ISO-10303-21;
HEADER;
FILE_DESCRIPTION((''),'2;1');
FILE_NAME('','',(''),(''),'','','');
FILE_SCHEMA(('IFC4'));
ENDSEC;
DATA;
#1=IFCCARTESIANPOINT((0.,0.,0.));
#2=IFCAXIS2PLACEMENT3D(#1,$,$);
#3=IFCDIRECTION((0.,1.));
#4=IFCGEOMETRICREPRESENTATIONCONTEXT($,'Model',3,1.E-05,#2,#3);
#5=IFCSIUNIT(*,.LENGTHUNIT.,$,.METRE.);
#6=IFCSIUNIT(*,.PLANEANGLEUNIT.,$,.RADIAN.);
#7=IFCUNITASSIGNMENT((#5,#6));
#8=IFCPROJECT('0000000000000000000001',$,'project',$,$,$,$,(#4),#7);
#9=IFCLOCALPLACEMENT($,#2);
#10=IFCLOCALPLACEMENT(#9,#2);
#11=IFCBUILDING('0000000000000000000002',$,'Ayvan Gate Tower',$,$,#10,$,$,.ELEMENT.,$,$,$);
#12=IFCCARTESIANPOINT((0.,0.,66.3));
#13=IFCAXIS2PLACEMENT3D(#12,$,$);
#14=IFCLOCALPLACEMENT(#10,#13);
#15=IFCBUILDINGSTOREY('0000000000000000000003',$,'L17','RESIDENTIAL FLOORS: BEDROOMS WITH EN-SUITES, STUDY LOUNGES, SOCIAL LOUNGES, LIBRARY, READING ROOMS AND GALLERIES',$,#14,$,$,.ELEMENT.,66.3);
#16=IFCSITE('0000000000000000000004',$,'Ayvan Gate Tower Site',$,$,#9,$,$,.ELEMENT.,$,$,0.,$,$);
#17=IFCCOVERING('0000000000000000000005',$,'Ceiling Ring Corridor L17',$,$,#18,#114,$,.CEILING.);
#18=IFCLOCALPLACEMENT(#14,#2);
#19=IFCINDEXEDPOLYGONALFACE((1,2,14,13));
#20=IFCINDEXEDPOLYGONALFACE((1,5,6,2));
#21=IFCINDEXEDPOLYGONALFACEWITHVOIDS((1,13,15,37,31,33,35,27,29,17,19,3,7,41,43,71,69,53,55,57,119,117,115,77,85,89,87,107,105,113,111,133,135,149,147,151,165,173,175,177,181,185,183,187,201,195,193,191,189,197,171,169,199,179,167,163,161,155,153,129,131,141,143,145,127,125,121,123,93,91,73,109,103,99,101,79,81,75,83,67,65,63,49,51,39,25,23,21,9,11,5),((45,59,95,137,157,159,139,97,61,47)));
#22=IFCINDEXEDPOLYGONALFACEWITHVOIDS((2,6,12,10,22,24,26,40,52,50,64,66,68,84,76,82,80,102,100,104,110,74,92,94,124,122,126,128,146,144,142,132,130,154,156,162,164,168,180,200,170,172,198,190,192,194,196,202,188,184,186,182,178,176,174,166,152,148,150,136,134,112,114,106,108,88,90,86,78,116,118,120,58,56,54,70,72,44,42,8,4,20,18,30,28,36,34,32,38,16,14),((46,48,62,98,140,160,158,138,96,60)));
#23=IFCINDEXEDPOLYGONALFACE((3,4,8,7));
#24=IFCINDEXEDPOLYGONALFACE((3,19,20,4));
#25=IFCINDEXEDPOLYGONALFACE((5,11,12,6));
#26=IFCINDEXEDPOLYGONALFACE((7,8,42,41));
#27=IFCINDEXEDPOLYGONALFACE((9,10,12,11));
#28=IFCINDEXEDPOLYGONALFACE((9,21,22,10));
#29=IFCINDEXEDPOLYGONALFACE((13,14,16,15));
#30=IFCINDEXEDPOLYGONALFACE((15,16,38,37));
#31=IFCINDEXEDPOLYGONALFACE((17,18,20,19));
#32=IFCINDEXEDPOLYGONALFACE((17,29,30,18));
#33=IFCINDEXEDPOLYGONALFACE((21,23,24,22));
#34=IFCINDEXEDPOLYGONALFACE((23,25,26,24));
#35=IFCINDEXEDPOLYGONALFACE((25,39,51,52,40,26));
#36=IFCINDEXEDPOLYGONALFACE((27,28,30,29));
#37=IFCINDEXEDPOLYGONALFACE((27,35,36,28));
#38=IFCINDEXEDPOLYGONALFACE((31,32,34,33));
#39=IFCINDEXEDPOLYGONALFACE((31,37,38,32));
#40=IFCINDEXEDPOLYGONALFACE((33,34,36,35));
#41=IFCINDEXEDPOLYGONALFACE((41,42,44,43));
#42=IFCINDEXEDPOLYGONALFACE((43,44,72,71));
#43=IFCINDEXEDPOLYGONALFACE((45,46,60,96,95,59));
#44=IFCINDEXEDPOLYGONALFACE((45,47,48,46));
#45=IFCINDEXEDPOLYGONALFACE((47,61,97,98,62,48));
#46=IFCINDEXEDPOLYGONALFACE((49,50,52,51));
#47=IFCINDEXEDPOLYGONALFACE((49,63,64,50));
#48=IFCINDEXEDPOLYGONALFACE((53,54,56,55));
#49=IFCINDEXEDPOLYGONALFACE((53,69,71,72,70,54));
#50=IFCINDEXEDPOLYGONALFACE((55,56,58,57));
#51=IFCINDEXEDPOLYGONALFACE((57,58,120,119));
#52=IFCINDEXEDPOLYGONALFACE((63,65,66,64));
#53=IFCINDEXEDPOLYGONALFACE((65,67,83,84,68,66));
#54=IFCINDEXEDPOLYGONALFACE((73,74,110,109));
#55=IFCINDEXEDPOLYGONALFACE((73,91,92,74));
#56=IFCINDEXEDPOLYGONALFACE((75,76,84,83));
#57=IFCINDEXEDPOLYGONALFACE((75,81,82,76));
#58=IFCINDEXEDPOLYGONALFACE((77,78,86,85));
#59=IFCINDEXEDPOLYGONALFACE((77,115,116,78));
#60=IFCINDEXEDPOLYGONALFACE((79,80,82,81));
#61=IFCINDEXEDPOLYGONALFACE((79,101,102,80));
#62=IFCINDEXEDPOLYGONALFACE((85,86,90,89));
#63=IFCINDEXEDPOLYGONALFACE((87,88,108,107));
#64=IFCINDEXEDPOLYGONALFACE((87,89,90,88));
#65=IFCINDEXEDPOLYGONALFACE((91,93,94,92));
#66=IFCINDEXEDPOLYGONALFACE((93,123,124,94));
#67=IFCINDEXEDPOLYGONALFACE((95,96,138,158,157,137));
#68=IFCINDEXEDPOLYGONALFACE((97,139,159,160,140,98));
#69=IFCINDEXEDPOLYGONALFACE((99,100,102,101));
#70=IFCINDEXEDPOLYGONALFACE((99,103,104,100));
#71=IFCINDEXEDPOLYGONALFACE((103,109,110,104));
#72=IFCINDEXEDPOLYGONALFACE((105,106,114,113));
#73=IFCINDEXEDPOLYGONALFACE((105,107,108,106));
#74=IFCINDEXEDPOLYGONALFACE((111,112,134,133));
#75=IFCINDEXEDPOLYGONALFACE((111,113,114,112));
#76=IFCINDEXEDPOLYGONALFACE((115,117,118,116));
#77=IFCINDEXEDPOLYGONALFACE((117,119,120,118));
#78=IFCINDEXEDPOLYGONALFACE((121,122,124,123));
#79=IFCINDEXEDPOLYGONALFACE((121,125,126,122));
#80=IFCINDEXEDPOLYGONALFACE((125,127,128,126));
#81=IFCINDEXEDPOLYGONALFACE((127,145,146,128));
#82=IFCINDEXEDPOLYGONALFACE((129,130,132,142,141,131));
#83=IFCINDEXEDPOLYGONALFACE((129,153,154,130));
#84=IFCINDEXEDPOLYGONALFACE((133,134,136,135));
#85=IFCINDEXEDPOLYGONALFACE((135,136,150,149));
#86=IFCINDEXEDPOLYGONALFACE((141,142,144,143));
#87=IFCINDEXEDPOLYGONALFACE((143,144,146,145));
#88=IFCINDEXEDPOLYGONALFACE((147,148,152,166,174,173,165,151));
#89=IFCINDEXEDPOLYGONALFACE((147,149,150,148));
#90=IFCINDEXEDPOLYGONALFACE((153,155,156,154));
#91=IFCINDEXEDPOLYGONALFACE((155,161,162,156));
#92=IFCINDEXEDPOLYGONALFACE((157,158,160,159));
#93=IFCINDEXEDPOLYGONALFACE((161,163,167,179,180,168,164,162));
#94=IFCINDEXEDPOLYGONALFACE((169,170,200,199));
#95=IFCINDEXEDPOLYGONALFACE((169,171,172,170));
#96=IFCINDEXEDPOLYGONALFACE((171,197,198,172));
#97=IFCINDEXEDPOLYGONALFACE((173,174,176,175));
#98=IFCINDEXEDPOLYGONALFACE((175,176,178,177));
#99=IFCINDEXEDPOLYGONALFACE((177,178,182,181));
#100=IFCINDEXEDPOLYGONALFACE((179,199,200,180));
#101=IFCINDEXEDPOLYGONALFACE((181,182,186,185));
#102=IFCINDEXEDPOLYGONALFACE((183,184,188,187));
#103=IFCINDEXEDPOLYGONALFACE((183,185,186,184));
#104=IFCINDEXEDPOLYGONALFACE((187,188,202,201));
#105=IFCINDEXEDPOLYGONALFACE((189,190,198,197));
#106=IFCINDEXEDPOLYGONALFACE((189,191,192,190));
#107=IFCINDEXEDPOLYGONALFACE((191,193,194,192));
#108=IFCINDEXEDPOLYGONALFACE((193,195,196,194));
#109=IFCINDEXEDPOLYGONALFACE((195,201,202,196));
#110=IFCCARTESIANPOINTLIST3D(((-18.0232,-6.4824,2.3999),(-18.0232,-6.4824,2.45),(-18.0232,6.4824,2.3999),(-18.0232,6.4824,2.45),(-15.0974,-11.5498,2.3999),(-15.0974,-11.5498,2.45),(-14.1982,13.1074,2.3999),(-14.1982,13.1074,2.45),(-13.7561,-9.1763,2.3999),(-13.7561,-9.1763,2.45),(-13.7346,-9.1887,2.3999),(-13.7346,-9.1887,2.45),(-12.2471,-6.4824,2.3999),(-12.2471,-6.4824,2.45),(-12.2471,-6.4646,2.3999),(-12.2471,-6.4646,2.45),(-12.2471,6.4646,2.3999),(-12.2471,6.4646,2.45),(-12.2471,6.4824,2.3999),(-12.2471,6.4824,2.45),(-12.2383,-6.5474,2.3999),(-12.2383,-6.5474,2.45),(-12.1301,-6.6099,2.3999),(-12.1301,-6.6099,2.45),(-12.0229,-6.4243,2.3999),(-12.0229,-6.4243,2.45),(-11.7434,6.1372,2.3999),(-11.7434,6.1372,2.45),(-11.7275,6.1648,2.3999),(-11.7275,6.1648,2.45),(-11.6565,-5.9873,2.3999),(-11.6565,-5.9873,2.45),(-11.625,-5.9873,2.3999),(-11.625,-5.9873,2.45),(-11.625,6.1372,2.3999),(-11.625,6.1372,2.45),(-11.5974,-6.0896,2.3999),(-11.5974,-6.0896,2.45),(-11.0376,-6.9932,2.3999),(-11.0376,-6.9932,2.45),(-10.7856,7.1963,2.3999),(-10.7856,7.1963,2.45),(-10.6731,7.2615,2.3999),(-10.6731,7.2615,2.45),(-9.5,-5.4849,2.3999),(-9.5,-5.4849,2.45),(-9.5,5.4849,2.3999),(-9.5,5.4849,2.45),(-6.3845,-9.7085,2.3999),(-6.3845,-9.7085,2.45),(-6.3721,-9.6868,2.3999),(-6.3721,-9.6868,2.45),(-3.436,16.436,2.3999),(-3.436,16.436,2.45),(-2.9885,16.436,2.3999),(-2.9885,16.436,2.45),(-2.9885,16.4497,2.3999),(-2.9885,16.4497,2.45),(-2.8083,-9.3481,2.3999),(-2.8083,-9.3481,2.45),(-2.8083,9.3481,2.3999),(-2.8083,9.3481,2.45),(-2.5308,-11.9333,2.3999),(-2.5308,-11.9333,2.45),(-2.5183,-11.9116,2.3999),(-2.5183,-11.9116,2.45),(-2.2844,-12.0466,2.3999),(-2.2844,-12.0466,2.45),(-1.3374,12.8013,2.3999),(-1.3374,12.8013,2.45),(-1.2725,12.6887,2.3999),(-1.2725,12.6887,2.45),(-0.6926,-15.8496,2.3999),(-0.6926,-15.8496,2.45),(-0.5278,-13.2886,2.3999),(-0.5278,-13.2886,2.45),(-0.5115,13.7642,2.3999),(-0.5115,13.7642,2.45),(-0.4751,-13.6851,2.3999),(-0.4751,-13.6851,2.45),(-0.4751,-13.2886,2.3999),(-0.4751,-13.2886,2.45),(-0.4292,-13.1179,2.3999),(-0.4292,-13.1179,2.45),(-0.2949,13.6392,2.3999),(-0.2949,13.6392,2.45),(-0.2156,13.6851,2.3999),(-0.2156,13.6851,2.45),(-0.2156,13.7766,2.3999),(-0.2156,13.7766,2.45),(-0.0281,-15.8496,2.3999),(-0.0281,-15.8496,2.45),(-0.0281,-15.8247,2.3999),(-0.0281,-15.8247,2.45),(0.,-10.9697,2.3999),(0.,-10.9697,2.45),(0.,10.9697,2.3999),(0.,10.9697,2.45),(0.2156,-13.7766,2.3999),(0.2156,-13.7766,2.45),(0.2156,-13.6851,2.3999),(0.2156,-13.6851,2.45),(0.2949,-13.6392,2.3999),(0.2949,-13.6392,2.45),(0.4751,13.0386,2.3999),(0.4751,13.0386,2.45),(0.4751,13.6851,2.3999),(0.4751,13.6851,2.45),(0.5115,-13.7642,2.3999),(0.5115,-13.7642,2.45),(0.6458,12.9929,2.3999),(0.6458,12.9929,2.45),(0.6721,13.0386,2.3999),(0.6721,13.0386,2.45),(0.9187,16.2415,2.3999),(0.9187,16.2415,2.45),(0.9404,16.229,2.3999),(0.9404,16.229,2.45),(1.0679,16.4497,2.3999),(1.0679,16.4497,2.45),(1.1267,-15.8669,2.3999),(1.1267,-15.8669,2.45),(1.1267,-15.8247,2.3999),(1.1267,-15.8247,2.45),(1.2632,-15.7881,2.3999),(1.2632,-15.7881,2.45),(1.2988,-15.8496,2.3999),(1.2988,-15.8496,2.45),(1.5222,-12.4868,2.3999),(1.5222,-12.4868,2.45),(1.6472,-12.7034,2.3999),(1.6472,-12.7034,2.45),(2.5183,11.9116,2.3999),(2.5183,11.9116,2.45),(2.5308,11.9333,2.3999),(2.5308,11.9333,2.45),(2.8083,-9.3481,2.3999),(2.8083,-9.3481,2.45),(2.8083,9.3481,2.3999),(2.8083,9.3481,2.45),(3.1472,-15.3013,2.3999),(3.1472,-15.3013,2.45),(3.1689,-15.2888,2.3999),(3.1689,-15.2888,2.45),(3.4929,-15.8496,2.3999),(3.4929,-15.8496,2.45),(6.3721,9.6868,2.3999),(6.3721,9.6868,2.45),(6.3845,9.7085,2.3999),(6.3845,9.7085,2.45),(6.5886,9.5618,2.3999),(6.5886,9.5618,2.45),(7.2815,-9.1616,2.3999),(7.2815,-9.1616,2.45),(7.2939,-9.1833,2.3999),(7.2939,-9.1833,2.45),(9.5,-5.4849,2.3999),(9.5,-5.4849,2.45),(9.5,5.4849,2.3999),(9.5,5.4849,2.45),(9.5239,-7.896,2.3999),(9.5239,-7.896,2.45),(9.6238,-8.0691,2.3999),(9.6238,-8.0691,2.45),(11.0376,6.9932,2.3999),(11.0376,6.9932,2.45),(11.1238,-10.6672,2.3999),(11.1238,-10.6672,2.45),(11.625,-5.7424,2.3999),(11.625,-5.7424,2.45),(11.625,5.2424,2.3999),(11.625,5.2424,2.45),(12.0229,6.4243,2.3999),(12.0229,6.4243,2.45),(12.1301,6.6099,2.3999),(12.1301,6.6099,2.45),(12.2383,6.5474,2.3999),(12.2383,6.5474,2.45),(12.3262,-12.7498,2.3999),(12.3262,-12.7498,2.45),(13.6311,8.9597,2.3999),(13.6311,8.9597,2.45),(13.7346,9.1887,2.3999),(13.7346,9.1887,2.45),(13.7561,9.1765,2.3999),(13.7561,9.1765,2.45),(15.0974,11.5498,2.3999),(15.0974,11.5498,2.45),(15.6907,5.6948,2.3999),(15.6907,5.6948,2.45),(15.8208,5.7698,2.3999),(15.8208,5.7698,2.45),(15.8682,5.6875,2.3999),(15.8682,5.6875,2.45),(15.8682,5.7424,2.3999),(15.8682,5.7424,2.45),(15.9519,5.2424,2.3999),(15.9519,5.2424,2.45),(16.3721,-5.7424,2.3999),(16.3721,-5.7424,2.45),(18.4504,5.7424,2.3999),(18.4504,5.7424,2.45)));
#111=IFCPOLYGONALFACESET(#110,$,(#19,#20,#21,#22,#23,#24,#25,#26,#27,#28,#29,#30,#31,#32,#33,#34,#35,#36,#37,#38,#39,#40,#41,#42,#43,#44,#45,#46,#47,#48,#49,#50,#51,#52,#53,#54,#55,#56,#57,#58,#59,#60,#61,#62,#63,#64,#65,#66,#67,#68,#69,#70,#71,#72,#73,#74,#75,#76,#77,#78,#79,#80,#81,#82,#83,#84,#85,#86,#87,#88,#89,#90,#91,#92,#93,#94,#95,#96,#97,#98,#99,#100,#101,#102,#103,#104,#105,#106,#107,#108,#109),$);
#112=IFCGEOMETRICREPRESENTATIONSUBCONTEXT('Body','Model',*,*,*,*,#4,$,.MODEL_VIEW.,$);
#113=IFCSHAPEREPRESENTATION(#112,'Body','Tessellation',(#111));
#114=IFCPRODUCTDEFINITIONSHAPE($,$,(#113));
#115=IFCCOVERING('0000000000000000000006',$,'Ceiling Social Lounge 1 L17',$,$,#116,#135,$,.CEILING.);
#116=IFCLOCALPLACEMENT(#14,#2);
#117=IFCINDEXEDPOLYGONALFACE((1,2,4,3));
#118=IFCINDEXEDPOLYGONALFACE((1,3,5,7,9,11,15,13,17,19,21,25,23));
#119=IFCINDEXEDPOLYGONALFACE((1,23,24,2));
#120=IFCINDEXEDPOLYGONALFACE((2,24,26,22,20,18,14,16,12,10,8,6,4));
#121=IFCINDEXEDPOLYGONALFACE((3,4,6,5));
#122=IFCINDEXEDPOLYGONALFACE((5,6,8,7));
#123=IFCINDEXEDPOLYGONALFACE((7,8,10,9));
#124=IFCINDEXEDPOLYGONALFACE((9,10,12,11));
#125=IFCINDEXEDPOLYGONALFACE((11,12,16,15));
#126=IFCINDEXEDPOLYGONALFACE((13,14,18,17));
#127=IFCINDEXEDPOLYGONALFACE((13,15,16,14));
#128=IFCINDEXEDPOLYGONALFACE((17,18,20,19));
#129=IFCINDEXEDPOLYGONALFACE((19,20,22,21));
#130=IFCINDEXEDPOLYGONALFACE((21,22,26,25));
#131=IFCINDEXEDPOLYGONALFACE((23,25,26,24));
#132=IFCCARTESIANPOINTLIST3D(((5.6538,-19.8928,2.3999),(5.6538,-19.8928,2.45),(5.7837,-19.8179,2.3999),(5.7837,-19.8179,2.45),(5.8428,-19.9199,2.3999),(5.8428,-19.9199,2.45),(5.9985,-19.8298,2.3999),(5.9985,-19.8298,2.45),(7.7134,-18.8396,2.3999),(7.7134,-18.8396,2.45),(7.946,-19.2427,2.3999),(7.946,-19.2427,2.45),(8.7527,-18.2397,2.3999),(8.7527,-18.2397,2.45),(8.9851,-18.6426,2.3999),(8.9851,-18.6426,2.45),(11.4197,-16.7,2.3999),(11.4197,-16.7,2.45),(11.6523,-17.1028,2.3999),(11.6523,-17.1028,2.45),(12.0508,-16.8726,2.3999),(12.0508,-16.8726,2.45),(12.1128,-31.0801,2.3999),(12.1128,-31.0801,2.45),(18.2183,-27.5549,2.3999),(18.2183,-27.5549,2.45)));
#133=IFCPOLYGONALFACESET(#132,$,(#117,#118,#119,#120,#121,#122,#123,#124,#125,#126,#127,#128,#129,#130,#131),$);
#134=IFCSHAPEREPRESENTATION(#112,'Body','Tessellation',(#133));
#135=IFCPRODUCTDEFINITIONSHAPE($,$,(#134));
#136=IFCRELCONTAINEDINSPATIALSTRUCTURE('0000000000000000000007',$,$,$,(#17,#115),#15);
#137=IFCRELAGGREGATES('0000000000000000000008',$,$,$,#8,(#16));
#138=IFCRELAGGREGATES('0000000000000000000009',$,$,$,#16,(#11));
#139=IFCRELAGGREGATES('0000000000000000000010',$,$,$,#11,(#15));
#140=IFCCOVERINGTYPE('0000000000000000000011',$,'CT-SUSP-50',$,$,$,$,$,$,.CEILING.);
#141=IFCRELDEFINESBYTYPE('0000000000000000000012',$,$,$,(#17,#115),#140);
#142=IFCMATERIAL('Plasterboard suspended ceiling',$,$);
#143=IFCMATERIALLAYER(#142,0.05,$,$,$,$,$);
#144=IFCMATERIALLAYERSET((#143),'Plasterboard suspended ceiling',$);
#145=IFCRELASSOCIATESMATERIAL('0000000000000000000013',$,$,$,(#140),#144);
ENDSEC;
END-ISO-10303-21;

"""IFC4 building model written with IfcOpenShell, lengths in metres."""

from ifc_helpers import new_model, si_unit, direction, frame, origin, place, context, subcontext, project, spatial, polyline, outline, extrude, material, layer, layer_set, type_object, element, save


model = new_model("IFC4")

# Units and contexts
model_context = context("Model", 3, precision=1e-05, world=origin(), true_north=direction((0.0, 1.0)))
body_context = subcontext(model_context, "Body", "Model", "MODEL_VIEW")
ifc_project = project(units=[si_unit("LENGTHUNIT", "METRE"), si_unit("PLANEANGLEUNIT", "RADIAN")], contexts=[model_context])

# Site, building, storey
site_placement = place(None, origin())
site = spatial("IfcSite", under=ifc_project, at=site_placement, Name="Ayvan Gate Tower Site", CompositionType="ELEMENT", RefElevation=0.0)
building_placement = place(site_placement, origin())
building = spatial("IfcBuilding", under=site, at=building_placement, Name="Ayvan Gate Tower", CompositionType="ELEMENT")
storey_placement = place(building_placement, frame((0.0, 0.0, 66.3)))
storey = spatial("IfcBuildingStorey", under=building, at=storey_placement, Name="L17", Description="RESIDENTIAL FLOORS: BEDROOMS WITH EN-SUITES, STUDY LOUNGES, SOCIAL LOUNGES, LIBRARY, READING ROOMS AND GALLERIES", CompositionType="ELEMENT", Elevation=66.3)

# Coverings
ifc_material_1 = material(Name="Plasterboard suspended ceiling")
ifc_layer_1 = layer(ifc_material_1, 0.05)
ifc_layer_set_1 = layer_set([ifc_layer_1], Name="Plasterboard suspended ceiling")
covering_type = type_object("IfcCoveringType", Name="CT-SUSP-50", PredefinedType="CEILING", material=ifc_layer_set_1)
covering_1_placement = place(storey_placement, frame((0.0, 0.0, 2.3999)))
element("IfcCovering", 1, at=covering_1_placement, inside=storey, type_object=covering_type, Name="Ceiling Ring Corridor L17", PredefinedType="CEILING", context=body_context, shape_type="SweptSolid", body=[
    extrude(outline(polyline([(-15.0974, -11.5498), (-18.0232, -6.4824), (-12.2471, -6.4824), (-12.2471, -6.4646), (-11.5974, -6.0896), (-11.6565, -5.9873), (-11.625, -5.9873), (-11.625, 6.1372), (-11.7434, 6.1372), (-11.7275, 6.1648), (-12.2471, 6.4646), (-12.2471, 6.4824), (-18.0232, 6.4824), (-14.1982, 13.1074), (-10.7856, 7.1963), (-10.6731, 7.2615), (-1.2725, 12.6887), (-1.3374, 12.8013), (-3.436, 16.436), (-2.9885, 16.436), (-2.9885, 16.4497), (1.0679, 16.4497), (0.9404, 16.229), (0.9187, 16.2415), (-0.5115, 13.7642), (-0.2949, 13.6392), (-0.2156, 13.7766), (-0.2156, 13.6851), (0.4751, 13.6851), (0.4751, 13.0386), (0.6721, 13.0386), (0.6458, 12.9929), (2.5183, 11.9116), (2.5308, 11.9333), (6.3845, 9.7085), (6.3721, 9.6868), (6.5886, 9.5618), (11.0376, 6.9932), (12.0229, 6.4243), (12.1301, 6.6099), (12.2383, 6.5474), (13.6311, 8.9597), (13.7561, 9.1765), (13.7346, 9.1887), (15.0974, 11.5498), (18.4504, 5.7424), (15.8682, 5.7424), (15.8682, 5.6875), (15.8208, 5.7698), (15.6907, 5.6948), (15.9519, 5.2424), (11.625, 5.2424), (11.625, -5.7424), (16.3721, -5.7424), (12.3262, -12.7498), (11.1238, -10.6672), (9.6238, -8.0691), (9.5239, -7.896), (7.2939, -9.1833), (7.2815, -9.1616), (1.5222, -12.4868), (1.6472, -12.7034), (3.1472, -15.3013), (3.1689, -15.2888), (3.4929, -15.8496), (1.2988, -15.8496), (1.2632, -15.7881), (1.1267, -15.8669), (1.1267, -15.8247), (-0.0281, -15.8247), (-0.0281, -15.8496), (-0.6926, -15.8496), (0.5115, -13.7642), (0.2949, -13.6392), (0.2156, -13.7766), (0.2156, -13.6851), (-0.4751, -13.6851), (-0.4751, -13.2886), (-0.5278, -13.2886), (-0.4292, -13.1179), (-2.2844, -12.0466), (-2.5183, -11.9116), (-2.5308, -11.9333), (-6.3845, -9.7085), (-6.3721, -9.6868), (-11.0376, -6.9932), (-12.0229, -6.4243), (-12.1301, -6.6099), (-12.2383, -6.5474), (-13.7561, -9.1763), (-13.7346, -9.1887), (-15.0974, -11.5498)]), holes=[polyline([(9.5, 5.4849), (2.8083, 9.3481), (0.0, 10.9697), (-2.8083, 9.3481), (-9.5, 5.4849), (-9.5, -5.4849), (-2.8083, -9.3481), (0.0, -10.9697), (2.8083, -9.3481), (9.5, -5.4849), (9.5, 5.4849)])]), origin(), (0.0, 0.0, 1.0), 0.05),
])
covering_2_placement = place(storey_placement, frame((0.0, 0.0, 2.3999)))
element("IfcCovering", 2, at=covering_2_placement, inside=storey, type_object=covering_type, Name="Ceiling Social Lounge 1 L17", PredefinedType="CEILING", context=body_context, shape_type="SweptSolid", body=[
    extrude(outline(polyline([(5.7837, -19.8179), (5.8428, -19.9199), (5.9985, -19.8298), (7.7134, -18.8396), (7.946, -19.2427), (8.9851, -18.6426), (8.7527, -18.2397), (11.4197, -16.7), (11.6523, -17.1028), (12.0508, -16.8726), (18.2183, -27.5549), (12.1128, -31.0801), (5.6538, -19.8928), (5.7837, -19.8179)])), origin(), (0.0, 0.0, 1.0), 0.05),
])

save(model, "model.ifc")
